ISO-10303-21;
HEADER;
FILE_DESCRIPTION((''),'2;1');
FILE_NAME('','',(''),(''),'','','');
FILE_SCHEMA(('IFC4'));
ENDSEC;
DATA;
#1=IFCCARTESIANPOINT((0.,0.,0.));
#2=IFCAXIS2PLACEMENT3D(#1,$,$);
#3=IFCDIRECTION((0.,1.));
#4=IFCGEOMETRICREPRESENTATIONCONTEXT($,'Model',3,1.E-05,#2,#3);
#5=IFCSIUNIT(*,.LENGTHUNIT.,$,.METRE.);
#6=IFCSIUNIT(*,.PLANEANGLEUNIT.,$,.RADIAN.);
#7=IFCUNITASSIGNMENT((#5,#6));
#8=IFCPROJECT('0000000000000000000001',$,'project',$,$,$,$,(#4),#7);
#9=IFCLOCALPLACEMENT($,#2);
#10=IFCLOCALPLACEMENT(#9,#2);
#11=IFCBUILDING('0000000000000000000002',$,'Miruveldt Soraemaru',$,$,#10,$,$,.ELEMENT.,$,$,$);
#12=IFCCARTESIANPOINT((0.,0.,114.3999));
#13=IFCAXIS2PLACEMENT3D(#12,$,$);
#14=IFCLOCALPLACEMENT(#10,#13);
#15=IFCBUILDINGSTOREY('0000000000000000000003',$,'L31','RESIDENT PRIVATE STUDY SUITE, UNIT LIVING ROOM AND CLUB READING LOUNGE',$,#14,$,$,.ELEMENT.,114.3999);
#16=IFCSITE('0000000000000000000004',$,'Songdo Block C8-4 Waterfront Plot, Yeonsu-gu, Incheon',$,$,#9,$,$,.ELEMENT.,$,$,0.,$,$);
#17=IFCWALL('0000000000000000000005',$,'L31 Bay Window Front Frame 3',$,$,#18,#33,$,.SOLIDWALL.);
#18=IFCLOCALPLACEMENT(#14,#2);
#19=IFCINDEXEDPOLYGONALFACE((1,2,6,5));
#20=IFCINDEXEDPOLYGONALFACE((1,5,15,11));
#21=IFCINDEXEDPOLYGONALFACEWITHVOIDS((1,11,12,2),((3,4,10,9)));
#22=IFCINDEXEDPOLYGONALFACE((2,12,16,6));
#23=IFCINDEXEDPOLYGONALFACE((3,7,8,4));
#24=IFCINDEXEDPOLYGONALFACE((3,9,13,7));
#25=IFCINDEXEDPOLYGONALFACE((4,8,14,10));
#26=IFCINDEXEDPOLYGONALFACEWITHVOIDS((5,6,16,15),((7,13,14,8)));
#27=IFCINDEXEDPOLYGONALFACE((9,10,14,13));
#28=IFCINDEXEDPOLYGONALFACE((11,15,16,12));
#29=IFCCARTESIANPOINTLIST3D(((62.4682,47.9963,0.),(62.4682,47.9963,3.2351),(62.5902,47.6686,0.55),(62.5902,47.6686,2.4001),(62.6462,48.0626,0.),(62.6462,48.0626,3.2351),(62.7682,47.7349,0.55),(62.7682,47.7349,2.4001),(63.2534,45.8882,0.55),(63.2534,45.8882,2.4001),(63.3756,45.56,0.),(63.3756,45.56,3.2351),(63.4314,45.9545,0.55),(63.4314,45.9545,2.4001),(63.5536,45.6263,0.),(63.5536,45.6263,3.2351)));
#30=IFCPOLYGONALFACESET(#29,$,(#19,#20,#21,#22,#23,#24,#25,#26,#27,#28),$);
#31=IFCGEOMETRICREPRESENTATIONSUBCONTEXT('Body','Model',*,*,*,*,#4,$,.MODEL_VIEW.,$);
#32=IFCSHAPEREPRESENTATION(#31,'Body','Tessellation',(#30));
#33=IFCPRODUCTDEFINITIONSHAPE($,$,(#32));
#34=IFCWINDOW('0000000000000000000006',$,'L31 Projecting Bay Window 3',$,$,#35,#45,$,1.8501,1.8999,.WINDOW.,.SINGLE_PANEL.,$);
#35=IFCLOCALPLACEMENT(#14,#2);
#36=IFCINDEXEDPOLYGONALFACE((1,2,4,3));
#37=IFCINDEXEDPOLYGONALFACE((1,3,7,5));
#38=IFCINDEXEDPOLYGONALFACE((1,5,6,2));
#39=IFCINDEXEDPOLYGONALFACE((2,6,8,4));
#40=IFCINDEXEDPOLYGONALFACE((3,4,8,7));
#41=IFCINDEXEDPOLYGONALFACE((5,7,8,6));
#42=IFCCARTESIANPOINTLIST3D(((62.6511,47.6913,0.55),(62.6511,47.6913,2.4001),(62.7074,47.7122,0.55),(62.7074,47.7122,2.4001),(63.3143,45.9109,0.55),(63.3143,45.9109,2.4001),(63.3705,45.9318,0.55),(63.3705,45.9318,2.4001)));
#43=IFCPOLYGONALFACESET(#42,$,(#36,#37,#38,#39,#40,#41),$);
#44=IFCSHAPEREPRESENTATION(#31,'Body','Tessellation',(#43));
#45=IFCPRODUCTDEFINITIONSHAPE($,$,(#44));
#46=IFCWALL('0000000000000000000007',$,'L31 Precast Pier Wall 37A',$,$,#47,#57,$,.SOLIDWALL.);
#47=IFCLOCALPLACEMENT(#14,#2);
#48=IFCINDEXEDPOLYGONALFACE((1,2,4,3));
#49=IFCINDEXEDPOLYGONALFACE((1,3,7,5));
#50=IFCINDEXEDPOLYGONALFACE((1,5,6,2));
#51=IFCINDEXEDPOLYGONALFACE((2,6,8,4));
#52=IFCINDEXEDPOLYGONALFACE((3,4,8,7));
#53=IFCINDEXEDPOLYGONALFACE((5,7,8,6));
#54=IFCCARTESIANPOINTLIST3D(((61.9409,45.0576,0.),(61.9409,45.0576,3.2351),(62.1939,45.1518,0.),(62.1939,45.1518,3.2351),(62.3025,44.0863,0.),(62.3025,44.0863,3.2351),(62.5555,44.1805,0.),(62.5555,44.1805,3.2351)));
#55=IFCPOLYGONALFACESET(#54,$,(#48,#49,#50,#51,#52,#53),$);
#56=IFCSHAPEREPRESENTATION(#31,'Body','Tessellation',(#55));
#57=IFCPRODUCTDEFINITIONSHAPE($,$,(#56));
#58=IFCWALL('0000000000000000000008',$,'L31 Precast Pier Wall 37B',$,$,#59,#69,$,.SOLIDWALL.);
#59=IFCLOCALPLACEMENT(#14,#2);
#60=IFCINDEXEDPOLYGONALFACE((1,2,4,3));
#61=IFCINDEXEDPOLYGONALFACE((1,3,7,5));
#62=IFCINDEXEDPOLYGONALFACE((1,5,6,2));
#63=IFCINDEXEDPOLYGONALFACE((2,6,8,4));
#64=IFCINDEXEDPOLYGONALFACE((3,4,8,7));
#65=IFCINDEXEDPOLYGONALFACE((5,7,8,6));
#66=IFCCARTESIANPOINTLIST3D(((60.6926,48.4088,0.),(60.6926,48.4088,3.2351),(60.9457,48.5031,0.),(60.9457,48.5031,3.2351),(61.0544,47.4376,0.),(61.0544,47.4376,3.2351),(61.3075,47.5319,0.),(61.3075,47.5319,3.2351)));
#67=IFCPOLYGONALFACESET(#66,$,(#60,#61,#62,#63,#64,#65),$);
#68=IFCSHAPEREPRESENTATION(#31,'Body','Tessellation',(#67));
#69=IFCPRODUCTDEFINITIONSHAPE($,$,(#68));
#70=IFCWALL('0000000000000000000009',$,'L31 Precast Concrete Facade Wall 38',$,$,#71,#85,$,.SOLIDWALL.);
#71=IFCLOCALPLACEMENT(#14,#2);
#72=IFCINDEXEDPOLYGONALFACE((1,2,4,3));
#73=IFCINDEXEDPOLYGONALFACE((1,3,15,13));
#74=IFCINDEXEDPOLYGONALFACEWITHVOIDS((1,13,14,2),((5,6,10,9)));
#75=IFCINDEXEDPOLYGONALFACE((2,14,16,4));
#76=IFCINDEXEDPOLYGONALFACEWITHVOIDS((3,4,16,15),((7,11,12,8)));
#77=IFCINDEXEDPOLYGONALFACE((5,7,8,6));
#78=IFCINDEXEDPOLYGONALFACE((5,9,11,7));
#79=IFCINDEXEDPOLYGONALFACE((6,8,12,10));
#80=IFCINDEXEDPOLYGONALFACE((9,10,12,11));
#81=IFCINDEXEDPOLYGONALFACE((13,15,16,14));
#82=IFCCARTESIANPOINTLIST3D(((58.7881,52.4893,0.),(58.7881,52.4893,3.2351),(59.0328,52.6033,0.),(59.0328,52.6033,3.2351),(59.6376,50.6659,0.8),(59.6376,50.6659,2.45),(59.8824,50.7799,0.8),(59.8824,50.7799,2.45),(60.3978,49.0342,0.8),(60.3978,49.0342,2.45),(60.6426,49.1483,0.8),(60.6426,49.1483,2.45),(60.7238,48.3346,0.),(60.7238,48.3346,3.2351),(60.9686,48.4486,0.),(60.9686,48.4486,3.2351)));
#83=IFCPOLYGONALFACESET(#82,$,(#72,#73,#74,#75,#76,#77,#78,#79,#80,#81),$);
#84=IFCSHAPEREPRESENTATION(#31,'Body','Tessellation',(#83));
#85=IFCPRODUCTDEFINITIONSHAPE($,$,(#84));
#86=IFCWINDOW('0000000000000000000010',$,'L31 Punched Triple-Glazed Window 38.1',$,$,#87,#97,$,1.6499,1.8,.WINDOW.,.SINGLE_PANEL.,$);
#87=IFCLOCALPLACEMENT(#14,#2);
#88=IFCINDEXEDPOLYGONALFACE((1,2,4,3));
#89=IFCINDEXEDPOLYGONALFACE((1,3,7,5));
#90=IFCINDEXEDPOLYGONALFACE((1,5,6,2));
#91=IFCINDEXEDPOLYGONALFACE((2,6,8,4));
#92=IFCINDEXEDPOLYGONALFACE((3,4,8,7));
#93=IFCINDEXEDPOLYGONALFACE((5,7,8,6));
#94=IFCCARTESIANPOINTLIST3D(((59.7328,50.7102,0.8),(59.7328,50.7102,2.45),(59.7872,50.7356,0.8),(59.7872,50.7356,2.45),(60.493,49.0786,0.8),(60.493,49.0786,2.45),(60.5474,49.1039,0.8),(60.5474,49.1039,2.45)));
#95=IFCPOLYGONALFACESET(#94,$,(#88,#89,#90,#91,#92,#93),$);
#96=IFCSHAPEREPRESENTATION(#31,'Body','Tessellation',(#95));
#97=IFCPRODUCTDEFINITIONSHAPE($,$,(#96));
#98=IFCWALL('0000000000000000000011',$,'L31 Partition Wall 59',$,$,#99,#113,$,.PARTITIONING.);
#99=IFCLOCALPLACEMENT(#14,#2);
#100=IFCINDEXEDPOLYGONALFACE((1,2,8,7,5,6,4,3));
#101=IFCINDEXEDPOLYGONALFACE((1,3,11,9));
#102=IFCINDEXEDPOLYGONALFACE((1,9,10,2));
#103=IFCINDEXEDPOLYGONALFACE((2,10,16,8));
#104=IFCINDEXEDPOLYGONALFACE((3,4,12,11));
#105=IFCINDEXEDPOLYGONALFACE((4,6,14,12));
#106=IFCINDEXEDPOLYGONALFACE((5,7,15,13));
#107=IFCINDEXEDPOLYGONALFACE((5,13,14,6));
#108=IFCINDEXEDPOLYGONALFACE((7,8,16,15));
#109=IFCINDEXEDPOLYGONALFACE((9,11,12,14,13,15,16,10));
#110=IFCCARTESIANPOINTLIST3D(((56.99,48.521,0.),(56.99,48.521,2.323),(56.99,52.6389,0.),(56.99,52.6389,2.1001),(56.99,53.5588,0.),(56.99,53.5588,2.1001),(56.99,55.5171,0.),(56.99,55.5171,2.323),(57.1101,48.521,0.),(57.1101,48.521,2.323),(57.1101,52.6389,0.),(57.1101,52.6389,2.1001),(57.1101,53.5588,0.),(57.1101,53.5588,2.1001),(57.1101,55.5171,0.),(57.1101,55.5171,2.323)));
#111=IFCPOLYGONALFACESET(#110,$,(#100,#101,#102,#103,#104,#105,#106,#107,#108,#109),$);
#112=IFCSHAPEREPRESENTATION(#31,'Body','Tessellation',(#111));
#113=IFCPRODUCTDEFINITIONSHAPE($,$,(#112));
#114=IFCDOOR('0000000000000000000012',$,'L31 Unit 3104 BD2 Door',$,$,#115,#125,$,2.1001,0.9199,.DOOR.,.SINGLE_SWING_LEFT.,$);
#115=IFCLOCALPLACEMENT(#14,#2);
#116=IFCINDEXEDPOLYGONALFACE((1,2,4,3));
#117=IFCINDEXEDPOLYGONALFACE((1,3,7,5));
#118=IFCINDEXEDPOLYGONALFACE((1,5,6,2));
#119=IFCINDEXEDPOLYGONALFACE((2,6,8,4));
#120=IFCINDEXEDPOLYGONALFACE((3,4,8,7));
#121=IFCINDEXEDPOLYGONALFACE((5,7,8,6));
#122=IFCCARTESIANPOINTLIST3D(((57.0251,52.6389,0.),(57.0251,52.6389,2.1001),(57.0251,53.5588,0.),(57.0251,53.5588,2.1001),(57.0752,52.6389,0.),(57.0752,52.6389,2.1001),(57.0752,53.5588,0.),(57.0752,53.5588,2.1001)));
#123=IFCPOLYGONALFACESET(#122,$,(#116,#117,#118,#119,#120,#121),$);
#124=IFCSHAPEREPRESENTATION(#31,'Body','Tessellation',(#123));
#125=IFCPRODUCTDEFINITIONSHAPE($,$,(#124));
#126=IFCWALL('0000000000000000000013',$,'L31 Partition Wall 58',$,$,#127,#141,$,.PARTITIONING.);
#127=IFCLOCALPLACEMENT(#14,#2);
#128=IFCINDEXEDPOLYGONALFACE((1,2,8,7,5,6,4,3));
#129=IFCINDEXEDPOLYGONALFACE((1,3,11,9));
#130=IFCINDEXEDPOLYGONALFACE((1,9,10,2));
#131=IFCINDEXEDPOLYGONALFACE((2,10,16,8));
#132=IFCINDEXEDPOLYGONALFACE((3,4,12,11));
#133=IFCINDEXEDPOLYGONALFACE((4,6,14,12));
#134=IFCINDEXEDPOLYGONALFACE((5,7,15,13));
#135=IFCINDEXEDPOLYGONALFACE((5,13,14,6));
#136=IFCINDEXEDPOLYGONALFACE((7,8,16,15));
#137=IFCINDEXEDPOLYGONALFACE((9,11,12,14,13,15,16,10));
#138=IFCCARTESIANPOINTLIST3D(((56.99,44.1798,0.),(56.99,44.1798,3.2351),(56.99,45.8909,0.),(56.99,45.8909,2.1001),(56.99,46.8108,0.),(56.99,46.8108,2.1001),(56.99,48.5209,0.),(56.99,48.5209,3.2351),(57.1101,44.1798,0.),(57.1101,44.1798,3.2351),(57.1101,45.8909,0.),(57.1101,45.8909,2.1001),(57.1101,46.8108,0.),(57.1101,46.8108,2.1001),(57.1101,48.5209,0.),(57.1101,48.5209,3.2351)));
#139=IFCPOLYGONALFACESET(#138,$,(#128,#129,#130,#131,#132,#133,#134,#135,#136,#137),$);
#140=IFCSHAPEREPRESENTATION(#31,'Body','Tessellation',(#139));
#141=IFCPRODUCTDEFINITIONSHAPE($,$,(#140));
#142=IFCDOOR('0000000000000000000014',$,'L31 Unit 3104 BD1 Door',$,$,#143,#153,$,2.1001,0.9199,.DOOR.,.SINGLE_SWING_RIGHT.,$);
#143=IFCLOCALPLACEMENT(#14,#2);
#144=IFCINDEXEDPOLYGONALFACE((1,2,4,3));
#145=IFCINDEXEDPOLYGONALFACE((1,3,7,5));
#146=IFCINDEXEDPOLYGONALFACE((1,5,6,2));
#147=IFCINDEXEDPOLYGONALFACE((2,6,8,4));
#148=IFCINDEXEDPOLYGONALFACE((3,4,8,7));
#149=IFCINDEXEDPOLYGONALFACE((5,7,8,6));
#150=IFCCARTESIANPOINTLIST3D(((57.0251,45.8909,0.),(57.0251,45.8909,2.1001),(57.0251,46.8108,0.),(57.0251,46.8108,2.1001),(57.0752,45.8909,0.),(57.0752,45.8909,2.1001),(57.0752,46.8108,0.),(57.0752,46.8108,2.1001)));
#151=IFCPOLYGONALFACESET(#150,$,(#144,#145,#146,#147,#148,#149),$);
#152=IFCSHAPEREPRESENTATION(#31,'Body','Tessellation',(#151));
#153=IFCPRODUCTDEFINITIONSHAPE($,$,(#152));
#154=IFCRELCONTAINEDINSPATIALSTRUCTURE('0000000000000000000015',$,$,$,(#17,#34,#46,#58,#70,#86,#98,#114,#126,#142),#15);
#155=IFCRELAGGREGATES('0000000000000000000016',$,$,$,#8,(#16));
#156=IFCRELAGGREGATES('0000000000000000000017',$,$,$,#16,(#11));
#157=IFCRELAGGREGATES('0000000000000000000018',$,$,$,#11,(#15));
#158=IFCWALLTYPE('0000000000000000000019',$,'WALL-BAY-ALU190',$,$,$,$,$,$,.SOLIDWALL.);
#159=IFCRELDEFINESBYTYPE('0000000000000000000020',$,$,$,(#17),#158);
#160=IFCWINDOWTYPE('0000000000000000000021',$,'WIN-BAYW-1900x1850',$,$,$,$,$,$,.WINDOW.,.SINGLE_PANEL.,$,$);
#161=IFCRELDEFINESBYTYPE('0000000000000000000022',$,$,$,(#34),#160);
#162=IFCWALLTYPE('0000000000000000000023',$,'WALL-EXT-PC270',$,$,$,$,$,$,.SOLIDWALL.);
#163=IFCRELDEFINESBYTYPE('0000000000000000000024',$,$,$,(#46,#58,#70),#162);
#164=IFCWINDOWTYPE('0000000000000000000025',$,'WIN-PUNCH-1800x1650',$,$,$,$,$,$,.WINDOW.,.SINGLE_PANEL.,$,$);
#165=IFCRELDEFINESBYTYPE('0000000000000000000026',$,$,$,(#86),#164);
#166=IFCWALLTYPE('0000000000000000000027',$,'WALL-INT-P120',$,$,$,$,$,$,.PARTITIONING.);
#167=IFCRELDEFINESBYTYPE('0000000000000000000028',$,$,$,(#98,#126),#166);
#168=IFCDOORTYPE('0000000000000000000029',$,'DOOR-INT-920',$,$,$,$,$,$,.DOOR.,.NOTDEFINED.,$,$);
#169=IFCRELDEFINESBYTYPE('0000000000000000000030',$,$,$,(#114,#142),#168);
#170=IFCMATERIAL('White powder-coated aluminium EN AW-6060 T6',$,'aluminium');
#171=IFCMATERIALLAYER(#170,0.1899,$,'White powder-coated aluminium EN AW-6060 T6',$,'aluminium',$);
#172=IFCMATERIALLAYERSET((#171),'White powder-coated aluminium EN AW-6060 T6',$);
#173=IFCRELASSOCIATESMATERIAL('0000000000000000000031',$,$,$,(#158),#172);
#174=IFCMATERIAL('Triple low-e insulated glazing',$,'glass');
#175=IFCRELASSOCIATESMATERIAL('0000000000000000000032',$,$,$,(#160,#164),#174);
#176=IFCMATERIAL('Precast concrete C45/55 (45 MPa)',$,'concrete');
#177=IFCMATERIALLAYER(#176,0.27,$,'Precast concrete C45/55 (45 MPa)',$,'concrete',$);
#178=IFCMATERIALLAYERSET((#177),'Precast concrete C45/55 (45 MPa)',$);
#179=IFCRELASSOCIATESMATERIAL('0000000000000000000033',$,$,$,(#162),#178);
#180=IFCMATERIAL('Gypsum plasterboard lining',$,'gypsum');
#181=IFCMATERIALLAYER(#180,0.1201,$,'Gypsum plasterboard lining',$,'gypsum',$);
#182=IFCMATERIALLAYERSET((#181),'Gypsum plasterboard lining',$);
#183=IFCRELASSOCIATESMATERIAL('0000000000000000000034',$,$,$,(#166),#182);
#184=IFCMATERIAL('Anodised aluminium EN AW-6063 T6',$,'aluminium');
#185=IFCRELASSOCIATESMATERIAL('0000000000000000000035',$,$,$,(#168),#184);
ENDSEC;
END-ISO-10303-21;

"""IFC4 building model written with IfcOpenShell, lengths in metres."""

from ifc_helpers import new_model, si_unit, direction, frame, frame_2d, origin, place, context, subcontext, project, spatial, rectangle, extrude, material, layer, layer_set, type_object, element, fill, save


model = new_model("IFC4")

# Units and contexts
model_context = context("Model", 3, precision=1e-05, world=origin(), true_north=direction((0.0, 1.0)))
body_context = subcontext(model_context, "Body", "Model", "MODEL_VIEW")
ifc_project = project(units=[si_unit("LENGTHUNIT", "METRE"), si_unit("PLANEANGLEUNIT", "RADIAN")], contexts=[model_context])

# Site, building, storey
site_placement = place(None, origin())
site = spatial("IfcSite", under=ifc_project, at=site_placement, Name="Songdo Block C8-4 Waterfront Plot, Yeonsu-gu, Incheon", CompositionType="ELEMENT", RefElevation=0.0)
building_placement = place(site_placement, origin())
building = spatial("IfcBuilding", under=site, at=building_placement, Name="Miruveldt Soraemaru", CompositionType="ELEMENT")
storey_placement = place(building_placement, frame((0.0, 0.0, 114.3999)))
storey = spatial("IfcBuildingStorey", under=building, at=storey_placement, Name="L31", Description="RESIDENT PRIVATE STUDY SUITE, UNIT LIVING ROOM AND CLUB READING LOUNGE", CompositionType="ELEMENT", Elevation=114.3999)

# Shared definitions
ifc_material_1 = material(Name="White powder-coated aluminium EN AW-6060 T6", Category="aluminium")
ifc_layer_1 = layer(ifc_material_1, 0.1899, Name="White powder-coated aluminium EN AW-6060 T6", Category="aluminium")
ifc_layer_set_1 = layer_set([ifc_layer_1], Name="White powder-coated aluminium EN AW-6060 T6")
wall_type_1 = type_object("IfcWallType", Name="WALL-BAY-ALU190", PredefinedType="SOLIDWALL", material=ifc_layer_set_1)

# Wall, opening, window
wall_1_placement = place(storey_placement, frame((63.4646, 45.5933, 0.0), z_axis=(0.0, 0.0, 1.0), x_axis=(-0.349054, 0.937103, 0.0)))
wall_1 = element("IfcWall", 1, at=wall_1_placement, inside=storey, type_object=wall_type_1, Name="L31 Bay Window Front Frame 3", PredefinedType="SOLIDWALL", context=body_context, shape_type="SweptSolid", body=[
    extrude(rectangle(XDim=2.5999, YDim=0.1899, at=frame_2d((1.2998, 0.0))), origin(), (0.0, 0.0, 1.0), 3.2351),
])
opening_1_placement = place(wall_1_placement, frame((0.3501, 0.0, 0.55)))
opening_1 = element("IfcOpeningElement", 2, at=opening_1_placement, cuts=wall_1, PredefinedType="OPENING", context=body_context, shape_type="SweptSolid", body=[
    extrude(rectangle(XDim=1.8999, YDim=1.8501, at=frame_2d((0.95, 0.925))), frame((0.0, 0.105, 0.0), z_axis=(0.0, -1.0, 0.0), x_axis=(1.0, 0.0, 0.0)), (0.0, 0.0, 1.0), 0.21),
])
ifc_material_2 = material(Name="Triple low-e insulated glazing", Category="glass")
window_type_1 = type_object("IfcWindowType", Name="WIN-BAYW-1900x1850", PartitioningType="SINGLE_PANEL", PredefinedType="WINDOW", material=ifc_material_2)
window_1_placement = place(opening_1_placement, origin())
window_1 = element("IfcWindow", 3, at=window_1_placement, inside=storey, type_object=window_type_1, Name="L31 Projecting Bay Window 3", OverallHeight=1.8501, OverallWidth=1.8999, PartitioningType="SINGLE_PANEL", PredefinedType="WINDOW", context=body_context, shape_type="SweptSolid", body=[
    extrude(rectangle(XDim=1.8999, YDim=1.8501, at=frame_2d((0.95, 0.925))), frame((0.0, 0.03, 0.0), z_axis=(0.0, -1.0, 0.0), x_axis=(1.0, 0.0, 0.0)), (0.0, 0.0, 1.0), 0.0601),
])
fill(opening_1, window_1)

# Walls
ifc_material_3 = material(Name="Precast concrete C45/55 (45 MPa)", Category="concrete")
ifc_layer_2 = layer(ifc_material_3, 0.27, Name="Precast concrete C45/55 (45 MPa)", Category="concrete")
ifc_layer_set_2 = layer_set([ifc_layer_2], Name="Precast concrete C45/55 (45 MPa)")
wall_type_2 = type_object("IfcWallType", Name="WALL-EXT-PC270", PredefinedType="SOLIDWALL", material=ifc_layer_set_2)
for number, where, z_axis, x_axis, name in (
    (4, (62.429, 44.1335, 0.0), (0.0, 0.0, 1.0), (-0.348902, 0.937159, 0.0), "L31 Precast Pier Wall 37A"),
    (5, (61.1809, 47.4849, 0.0), (0.0, 0.0, 1.0), (-0.349109, 0.937082, 0.0), "L31 Precast Pier Wall 37B"),
):
    element("IfcWall", number, at=place(storey_placement, frame(where, z_axis=z_axis, x_axis=x_axis)), inside=storey, type_object=wall_type_2, Name=name, PredefinedType="SOLIDWALL", context=body_context, shape_type="SweptSolid", body=[
        extrude(rectangle(XDim=1.0364, YDim=0.27, at=frame_2d((0.5181, 0.0))), origin(), (0.0, 0.0, 1.0), 3.2351),
    ])

# Wall, opening, window
wall_2_placement = place(storey_placement, frame((60.8462, 48.3916, 0.0), z_axis=(0.0, 0.0, 1.0), x_axis=(-0.422328, 0.906443, 0.0)))
wall_2 = element("IfcWall", 6, at=wall_2_placement, inside=storey, type_object=wall_type_2, Name="L31 Precast Concrete Facade Wall 38", PredefinedType="SOLIDWALL", context=body_context, shape_type="SweptSolid", body=[
    extrude(rectangle(XDim=4.5835, YDim=0.27, at=frame_2d((2.2917, 0.0))), origin(), (0.0, 0.0, 1.0), 3.2351),
])
opening_2_placement = place(wall_2_placement, frame((0.772, 0.0, 0.8)))
opening_2 = element("IfcOpeningElement", 7, at=opening_2_placement, cuts=wall_2, PredefinedType="OPENING", context=body_context, shape_type="SweptSolid", body=[
    extrude(rectangle(XDim=1.8, YDim=1.6499, at=frame_2d((0.8999, 0.825))), frame((0.0, 0.145, 0.0), z_axis=(0.0, -1.0, 0.0), x_axis=(1.0, 0.0, 0.0)), (0.0, 0.0, 1.0), 0.29),
])
window_type_2 = type_object("IfcWindowType", Name="WIN-PUNCH-1800x1650", PartitioningType="SINGLE_PANEL", PredefinedType="WINDOW", material=ifc_material_2)
window_2_placement = place(opening_2_placement, origin())
window_2 = element("IfcWindow", 8, at=window_2_placement, inside=storey, type_object=window_type_2, Name="L31 Punched Triple-Glazed Window 38.1", OverallHeight=1.6499, OverallWidth=1.8, PartitioningType="SINGLE_PANEL", PredefinedType="WINDOW", context=body_context, shape_type="SweptSolid", body=[
    extrude(rectangle(XDim=1.8, YDim=1.6499, at=frame_2d((0.8999, 0.825))), frame((0.0, 0.03, 0.0), z_axis=(0.0, -1.0, 0.0), x_axis=(1.0, 0.0, 0.0)), (0.0, 0.0, 1.0), 0.0601),
])
fill(opening_2, window_2)

# Walls, openings, doors
ifc_material_4 = material(Name="Gypsum plasterboard lining", Category="gypsum")
ifc_layer_3 = layer(ifc_material_4, 0.1201, Name="Gypsum plasterboard lining", Category="gypsum")
ifc_layer_set_3 = layer_set([ifc_layer_3], Name="Gypsum plasterboard lining")
wall_type_3 = type_object("IfcWallType", Name="WALL-INT-P120", PredefinedType="PARTITIONING", material=ifc_layer_set_3)
wall_3_placement = place(storey_placement, frame((57.05, 48.521, 0.0), z_axis=(0.0, 0.0, 1.0), x_axis=(0.0, 1.0, 0.0)))
wall_3 = element("IfcWall", 9, at=wall_3_placement, inside=storey, type_object=wall_type_3, Name="L31 Partition Wall 59", PredefinedType="PARTITIONING", context=body_context, shape_type="SweptSolid", body=[
    extrude(rectangle(XDim=6.9961, YDim=0.1201, at=frame_2d((3.498, 0.0))), origin(), (0.0, 0.0, 1.0), 2.323),
])
opening_3_placement = place(wall_3_placement, frame((4.1179, 0.0, 0.0)))
opening_3 = element("IfcOpeningElement", 10, at=opening_3_placement, cuts=wall_3, PredefinedType="OPENING", context=body_context, shape_type="SweptSolid", body=[
    extrude(rectangle(XDim=0.9199, YDim=2.1001, at=frame_2d((0.46, 1.05))), frame((0.0, 0.0701, 0.0), z_axis=(0.0, -1.0, 0.0), x_axis=(1.0, 0.0, 0.0)), (0.0, 0.0, 1.0), 0.1401),
])
ifc_material_5 = material(Name="Anodised aluminium EN AW-6063 T6", Category="aluminium")
door_type = type_object("IfcDoorType", Name="DOOR-INT-920", OperationType="NOTDEFINED", PredefinedType="DOOR", material=ifc_material_5)
door_1_placement = place(opening_3_placement, origin())
door_1 = element("IfcDoor", 11, at=door_1_placement, inside=storey, type_object=door_type, Name="L31 Unit 3104 BD2 Door", OperationType="SINGLE_SWING_LEFT", OverallHeight=2.1001, OverallWidth=0.9199, PredefinedType="DOOR", context=body_context, shape_type="SweptSolid", body=[
    extrude(rectangle(XDim=0.9199, YDim=2.1001, at=frame_2d((0.46, 1.05))), frame((0.0, 0.0249, 0.0), z_axis=(0.0, -1.0, 0.0), x_axis=(1.0, 0.0, 0.0)), (0.0, 0.0, 1.0), 0.05),
])
fill(opening_3, door_1)
wall_4_placement = place(storey_placement, frame((57.05, 44.1799, 0.0), z_axis=(0.0, 0.0, 1.0), x_axis=(0.0, 1.0, 0.0)))
wall_4 = element("IfcWall", 12, at=wall_4_placement, inside=storey, type_object=wall_type_3, Name="L31 Partition Wall 58", PredefinedType="PARTITIONING", context=body_context, shape_type="SweptSolid", body=[
    extrude(rectangle(XDim=4.3411, YDim=0.1201, at=frame_2d((2.1704, 0.0))), origin(), (0.0, 0.0, 1.0), 3.2351),
])
opening_4_placement = place(wall_4_placement, frame((1.7109, 0.0, 0.0)))
opening_4 = element("IfcOpeningElement", 13, at=opening_4_placement, cuts=wall_4, PredefinedType="OPENING", context=body_context, shape_type="SweptSolid", body=[
    extrude(rectangle(XDim=0.9199, YDim=2.1001, at=frame_2d((0.46, 1.05))), frame((0.0, 0.0701, 0.0), z_axis=(0.0, -1.0, 0.0), x_axis=(1.0, 0.0, 0.0)), (0.0, 0.0, 1.0), 0.1401),
])
door_2_placement = place(opening_4_placement, origin())
door_2 = element("IfcDoor", 14, at=door_2_placement, inside=storey, type_object=door_type, Name="L31 Unit 3104 BD1 Door", OperationType="SINGLE_SWING_RIGHT", OverallHeight=2.1001, OverallWidth=0.9199, PredefinedType="DOOR", context=body_context, shape_type="SweptSolid", body=[
    extrude(rectangle(XDim=0.9199, YDim=2.1001, at=frame_2d((0.46, 1.05))), frame((0.0, 0.0249, 0.0), z_axis=(0.0, -1.0, 0.0), x_axis=(1.0, 0.0, 0.0)), (0.0, 0.0, 1.0), 0.05),
])
fill(opening_4, door_2)

save(model, "model.ifc")
